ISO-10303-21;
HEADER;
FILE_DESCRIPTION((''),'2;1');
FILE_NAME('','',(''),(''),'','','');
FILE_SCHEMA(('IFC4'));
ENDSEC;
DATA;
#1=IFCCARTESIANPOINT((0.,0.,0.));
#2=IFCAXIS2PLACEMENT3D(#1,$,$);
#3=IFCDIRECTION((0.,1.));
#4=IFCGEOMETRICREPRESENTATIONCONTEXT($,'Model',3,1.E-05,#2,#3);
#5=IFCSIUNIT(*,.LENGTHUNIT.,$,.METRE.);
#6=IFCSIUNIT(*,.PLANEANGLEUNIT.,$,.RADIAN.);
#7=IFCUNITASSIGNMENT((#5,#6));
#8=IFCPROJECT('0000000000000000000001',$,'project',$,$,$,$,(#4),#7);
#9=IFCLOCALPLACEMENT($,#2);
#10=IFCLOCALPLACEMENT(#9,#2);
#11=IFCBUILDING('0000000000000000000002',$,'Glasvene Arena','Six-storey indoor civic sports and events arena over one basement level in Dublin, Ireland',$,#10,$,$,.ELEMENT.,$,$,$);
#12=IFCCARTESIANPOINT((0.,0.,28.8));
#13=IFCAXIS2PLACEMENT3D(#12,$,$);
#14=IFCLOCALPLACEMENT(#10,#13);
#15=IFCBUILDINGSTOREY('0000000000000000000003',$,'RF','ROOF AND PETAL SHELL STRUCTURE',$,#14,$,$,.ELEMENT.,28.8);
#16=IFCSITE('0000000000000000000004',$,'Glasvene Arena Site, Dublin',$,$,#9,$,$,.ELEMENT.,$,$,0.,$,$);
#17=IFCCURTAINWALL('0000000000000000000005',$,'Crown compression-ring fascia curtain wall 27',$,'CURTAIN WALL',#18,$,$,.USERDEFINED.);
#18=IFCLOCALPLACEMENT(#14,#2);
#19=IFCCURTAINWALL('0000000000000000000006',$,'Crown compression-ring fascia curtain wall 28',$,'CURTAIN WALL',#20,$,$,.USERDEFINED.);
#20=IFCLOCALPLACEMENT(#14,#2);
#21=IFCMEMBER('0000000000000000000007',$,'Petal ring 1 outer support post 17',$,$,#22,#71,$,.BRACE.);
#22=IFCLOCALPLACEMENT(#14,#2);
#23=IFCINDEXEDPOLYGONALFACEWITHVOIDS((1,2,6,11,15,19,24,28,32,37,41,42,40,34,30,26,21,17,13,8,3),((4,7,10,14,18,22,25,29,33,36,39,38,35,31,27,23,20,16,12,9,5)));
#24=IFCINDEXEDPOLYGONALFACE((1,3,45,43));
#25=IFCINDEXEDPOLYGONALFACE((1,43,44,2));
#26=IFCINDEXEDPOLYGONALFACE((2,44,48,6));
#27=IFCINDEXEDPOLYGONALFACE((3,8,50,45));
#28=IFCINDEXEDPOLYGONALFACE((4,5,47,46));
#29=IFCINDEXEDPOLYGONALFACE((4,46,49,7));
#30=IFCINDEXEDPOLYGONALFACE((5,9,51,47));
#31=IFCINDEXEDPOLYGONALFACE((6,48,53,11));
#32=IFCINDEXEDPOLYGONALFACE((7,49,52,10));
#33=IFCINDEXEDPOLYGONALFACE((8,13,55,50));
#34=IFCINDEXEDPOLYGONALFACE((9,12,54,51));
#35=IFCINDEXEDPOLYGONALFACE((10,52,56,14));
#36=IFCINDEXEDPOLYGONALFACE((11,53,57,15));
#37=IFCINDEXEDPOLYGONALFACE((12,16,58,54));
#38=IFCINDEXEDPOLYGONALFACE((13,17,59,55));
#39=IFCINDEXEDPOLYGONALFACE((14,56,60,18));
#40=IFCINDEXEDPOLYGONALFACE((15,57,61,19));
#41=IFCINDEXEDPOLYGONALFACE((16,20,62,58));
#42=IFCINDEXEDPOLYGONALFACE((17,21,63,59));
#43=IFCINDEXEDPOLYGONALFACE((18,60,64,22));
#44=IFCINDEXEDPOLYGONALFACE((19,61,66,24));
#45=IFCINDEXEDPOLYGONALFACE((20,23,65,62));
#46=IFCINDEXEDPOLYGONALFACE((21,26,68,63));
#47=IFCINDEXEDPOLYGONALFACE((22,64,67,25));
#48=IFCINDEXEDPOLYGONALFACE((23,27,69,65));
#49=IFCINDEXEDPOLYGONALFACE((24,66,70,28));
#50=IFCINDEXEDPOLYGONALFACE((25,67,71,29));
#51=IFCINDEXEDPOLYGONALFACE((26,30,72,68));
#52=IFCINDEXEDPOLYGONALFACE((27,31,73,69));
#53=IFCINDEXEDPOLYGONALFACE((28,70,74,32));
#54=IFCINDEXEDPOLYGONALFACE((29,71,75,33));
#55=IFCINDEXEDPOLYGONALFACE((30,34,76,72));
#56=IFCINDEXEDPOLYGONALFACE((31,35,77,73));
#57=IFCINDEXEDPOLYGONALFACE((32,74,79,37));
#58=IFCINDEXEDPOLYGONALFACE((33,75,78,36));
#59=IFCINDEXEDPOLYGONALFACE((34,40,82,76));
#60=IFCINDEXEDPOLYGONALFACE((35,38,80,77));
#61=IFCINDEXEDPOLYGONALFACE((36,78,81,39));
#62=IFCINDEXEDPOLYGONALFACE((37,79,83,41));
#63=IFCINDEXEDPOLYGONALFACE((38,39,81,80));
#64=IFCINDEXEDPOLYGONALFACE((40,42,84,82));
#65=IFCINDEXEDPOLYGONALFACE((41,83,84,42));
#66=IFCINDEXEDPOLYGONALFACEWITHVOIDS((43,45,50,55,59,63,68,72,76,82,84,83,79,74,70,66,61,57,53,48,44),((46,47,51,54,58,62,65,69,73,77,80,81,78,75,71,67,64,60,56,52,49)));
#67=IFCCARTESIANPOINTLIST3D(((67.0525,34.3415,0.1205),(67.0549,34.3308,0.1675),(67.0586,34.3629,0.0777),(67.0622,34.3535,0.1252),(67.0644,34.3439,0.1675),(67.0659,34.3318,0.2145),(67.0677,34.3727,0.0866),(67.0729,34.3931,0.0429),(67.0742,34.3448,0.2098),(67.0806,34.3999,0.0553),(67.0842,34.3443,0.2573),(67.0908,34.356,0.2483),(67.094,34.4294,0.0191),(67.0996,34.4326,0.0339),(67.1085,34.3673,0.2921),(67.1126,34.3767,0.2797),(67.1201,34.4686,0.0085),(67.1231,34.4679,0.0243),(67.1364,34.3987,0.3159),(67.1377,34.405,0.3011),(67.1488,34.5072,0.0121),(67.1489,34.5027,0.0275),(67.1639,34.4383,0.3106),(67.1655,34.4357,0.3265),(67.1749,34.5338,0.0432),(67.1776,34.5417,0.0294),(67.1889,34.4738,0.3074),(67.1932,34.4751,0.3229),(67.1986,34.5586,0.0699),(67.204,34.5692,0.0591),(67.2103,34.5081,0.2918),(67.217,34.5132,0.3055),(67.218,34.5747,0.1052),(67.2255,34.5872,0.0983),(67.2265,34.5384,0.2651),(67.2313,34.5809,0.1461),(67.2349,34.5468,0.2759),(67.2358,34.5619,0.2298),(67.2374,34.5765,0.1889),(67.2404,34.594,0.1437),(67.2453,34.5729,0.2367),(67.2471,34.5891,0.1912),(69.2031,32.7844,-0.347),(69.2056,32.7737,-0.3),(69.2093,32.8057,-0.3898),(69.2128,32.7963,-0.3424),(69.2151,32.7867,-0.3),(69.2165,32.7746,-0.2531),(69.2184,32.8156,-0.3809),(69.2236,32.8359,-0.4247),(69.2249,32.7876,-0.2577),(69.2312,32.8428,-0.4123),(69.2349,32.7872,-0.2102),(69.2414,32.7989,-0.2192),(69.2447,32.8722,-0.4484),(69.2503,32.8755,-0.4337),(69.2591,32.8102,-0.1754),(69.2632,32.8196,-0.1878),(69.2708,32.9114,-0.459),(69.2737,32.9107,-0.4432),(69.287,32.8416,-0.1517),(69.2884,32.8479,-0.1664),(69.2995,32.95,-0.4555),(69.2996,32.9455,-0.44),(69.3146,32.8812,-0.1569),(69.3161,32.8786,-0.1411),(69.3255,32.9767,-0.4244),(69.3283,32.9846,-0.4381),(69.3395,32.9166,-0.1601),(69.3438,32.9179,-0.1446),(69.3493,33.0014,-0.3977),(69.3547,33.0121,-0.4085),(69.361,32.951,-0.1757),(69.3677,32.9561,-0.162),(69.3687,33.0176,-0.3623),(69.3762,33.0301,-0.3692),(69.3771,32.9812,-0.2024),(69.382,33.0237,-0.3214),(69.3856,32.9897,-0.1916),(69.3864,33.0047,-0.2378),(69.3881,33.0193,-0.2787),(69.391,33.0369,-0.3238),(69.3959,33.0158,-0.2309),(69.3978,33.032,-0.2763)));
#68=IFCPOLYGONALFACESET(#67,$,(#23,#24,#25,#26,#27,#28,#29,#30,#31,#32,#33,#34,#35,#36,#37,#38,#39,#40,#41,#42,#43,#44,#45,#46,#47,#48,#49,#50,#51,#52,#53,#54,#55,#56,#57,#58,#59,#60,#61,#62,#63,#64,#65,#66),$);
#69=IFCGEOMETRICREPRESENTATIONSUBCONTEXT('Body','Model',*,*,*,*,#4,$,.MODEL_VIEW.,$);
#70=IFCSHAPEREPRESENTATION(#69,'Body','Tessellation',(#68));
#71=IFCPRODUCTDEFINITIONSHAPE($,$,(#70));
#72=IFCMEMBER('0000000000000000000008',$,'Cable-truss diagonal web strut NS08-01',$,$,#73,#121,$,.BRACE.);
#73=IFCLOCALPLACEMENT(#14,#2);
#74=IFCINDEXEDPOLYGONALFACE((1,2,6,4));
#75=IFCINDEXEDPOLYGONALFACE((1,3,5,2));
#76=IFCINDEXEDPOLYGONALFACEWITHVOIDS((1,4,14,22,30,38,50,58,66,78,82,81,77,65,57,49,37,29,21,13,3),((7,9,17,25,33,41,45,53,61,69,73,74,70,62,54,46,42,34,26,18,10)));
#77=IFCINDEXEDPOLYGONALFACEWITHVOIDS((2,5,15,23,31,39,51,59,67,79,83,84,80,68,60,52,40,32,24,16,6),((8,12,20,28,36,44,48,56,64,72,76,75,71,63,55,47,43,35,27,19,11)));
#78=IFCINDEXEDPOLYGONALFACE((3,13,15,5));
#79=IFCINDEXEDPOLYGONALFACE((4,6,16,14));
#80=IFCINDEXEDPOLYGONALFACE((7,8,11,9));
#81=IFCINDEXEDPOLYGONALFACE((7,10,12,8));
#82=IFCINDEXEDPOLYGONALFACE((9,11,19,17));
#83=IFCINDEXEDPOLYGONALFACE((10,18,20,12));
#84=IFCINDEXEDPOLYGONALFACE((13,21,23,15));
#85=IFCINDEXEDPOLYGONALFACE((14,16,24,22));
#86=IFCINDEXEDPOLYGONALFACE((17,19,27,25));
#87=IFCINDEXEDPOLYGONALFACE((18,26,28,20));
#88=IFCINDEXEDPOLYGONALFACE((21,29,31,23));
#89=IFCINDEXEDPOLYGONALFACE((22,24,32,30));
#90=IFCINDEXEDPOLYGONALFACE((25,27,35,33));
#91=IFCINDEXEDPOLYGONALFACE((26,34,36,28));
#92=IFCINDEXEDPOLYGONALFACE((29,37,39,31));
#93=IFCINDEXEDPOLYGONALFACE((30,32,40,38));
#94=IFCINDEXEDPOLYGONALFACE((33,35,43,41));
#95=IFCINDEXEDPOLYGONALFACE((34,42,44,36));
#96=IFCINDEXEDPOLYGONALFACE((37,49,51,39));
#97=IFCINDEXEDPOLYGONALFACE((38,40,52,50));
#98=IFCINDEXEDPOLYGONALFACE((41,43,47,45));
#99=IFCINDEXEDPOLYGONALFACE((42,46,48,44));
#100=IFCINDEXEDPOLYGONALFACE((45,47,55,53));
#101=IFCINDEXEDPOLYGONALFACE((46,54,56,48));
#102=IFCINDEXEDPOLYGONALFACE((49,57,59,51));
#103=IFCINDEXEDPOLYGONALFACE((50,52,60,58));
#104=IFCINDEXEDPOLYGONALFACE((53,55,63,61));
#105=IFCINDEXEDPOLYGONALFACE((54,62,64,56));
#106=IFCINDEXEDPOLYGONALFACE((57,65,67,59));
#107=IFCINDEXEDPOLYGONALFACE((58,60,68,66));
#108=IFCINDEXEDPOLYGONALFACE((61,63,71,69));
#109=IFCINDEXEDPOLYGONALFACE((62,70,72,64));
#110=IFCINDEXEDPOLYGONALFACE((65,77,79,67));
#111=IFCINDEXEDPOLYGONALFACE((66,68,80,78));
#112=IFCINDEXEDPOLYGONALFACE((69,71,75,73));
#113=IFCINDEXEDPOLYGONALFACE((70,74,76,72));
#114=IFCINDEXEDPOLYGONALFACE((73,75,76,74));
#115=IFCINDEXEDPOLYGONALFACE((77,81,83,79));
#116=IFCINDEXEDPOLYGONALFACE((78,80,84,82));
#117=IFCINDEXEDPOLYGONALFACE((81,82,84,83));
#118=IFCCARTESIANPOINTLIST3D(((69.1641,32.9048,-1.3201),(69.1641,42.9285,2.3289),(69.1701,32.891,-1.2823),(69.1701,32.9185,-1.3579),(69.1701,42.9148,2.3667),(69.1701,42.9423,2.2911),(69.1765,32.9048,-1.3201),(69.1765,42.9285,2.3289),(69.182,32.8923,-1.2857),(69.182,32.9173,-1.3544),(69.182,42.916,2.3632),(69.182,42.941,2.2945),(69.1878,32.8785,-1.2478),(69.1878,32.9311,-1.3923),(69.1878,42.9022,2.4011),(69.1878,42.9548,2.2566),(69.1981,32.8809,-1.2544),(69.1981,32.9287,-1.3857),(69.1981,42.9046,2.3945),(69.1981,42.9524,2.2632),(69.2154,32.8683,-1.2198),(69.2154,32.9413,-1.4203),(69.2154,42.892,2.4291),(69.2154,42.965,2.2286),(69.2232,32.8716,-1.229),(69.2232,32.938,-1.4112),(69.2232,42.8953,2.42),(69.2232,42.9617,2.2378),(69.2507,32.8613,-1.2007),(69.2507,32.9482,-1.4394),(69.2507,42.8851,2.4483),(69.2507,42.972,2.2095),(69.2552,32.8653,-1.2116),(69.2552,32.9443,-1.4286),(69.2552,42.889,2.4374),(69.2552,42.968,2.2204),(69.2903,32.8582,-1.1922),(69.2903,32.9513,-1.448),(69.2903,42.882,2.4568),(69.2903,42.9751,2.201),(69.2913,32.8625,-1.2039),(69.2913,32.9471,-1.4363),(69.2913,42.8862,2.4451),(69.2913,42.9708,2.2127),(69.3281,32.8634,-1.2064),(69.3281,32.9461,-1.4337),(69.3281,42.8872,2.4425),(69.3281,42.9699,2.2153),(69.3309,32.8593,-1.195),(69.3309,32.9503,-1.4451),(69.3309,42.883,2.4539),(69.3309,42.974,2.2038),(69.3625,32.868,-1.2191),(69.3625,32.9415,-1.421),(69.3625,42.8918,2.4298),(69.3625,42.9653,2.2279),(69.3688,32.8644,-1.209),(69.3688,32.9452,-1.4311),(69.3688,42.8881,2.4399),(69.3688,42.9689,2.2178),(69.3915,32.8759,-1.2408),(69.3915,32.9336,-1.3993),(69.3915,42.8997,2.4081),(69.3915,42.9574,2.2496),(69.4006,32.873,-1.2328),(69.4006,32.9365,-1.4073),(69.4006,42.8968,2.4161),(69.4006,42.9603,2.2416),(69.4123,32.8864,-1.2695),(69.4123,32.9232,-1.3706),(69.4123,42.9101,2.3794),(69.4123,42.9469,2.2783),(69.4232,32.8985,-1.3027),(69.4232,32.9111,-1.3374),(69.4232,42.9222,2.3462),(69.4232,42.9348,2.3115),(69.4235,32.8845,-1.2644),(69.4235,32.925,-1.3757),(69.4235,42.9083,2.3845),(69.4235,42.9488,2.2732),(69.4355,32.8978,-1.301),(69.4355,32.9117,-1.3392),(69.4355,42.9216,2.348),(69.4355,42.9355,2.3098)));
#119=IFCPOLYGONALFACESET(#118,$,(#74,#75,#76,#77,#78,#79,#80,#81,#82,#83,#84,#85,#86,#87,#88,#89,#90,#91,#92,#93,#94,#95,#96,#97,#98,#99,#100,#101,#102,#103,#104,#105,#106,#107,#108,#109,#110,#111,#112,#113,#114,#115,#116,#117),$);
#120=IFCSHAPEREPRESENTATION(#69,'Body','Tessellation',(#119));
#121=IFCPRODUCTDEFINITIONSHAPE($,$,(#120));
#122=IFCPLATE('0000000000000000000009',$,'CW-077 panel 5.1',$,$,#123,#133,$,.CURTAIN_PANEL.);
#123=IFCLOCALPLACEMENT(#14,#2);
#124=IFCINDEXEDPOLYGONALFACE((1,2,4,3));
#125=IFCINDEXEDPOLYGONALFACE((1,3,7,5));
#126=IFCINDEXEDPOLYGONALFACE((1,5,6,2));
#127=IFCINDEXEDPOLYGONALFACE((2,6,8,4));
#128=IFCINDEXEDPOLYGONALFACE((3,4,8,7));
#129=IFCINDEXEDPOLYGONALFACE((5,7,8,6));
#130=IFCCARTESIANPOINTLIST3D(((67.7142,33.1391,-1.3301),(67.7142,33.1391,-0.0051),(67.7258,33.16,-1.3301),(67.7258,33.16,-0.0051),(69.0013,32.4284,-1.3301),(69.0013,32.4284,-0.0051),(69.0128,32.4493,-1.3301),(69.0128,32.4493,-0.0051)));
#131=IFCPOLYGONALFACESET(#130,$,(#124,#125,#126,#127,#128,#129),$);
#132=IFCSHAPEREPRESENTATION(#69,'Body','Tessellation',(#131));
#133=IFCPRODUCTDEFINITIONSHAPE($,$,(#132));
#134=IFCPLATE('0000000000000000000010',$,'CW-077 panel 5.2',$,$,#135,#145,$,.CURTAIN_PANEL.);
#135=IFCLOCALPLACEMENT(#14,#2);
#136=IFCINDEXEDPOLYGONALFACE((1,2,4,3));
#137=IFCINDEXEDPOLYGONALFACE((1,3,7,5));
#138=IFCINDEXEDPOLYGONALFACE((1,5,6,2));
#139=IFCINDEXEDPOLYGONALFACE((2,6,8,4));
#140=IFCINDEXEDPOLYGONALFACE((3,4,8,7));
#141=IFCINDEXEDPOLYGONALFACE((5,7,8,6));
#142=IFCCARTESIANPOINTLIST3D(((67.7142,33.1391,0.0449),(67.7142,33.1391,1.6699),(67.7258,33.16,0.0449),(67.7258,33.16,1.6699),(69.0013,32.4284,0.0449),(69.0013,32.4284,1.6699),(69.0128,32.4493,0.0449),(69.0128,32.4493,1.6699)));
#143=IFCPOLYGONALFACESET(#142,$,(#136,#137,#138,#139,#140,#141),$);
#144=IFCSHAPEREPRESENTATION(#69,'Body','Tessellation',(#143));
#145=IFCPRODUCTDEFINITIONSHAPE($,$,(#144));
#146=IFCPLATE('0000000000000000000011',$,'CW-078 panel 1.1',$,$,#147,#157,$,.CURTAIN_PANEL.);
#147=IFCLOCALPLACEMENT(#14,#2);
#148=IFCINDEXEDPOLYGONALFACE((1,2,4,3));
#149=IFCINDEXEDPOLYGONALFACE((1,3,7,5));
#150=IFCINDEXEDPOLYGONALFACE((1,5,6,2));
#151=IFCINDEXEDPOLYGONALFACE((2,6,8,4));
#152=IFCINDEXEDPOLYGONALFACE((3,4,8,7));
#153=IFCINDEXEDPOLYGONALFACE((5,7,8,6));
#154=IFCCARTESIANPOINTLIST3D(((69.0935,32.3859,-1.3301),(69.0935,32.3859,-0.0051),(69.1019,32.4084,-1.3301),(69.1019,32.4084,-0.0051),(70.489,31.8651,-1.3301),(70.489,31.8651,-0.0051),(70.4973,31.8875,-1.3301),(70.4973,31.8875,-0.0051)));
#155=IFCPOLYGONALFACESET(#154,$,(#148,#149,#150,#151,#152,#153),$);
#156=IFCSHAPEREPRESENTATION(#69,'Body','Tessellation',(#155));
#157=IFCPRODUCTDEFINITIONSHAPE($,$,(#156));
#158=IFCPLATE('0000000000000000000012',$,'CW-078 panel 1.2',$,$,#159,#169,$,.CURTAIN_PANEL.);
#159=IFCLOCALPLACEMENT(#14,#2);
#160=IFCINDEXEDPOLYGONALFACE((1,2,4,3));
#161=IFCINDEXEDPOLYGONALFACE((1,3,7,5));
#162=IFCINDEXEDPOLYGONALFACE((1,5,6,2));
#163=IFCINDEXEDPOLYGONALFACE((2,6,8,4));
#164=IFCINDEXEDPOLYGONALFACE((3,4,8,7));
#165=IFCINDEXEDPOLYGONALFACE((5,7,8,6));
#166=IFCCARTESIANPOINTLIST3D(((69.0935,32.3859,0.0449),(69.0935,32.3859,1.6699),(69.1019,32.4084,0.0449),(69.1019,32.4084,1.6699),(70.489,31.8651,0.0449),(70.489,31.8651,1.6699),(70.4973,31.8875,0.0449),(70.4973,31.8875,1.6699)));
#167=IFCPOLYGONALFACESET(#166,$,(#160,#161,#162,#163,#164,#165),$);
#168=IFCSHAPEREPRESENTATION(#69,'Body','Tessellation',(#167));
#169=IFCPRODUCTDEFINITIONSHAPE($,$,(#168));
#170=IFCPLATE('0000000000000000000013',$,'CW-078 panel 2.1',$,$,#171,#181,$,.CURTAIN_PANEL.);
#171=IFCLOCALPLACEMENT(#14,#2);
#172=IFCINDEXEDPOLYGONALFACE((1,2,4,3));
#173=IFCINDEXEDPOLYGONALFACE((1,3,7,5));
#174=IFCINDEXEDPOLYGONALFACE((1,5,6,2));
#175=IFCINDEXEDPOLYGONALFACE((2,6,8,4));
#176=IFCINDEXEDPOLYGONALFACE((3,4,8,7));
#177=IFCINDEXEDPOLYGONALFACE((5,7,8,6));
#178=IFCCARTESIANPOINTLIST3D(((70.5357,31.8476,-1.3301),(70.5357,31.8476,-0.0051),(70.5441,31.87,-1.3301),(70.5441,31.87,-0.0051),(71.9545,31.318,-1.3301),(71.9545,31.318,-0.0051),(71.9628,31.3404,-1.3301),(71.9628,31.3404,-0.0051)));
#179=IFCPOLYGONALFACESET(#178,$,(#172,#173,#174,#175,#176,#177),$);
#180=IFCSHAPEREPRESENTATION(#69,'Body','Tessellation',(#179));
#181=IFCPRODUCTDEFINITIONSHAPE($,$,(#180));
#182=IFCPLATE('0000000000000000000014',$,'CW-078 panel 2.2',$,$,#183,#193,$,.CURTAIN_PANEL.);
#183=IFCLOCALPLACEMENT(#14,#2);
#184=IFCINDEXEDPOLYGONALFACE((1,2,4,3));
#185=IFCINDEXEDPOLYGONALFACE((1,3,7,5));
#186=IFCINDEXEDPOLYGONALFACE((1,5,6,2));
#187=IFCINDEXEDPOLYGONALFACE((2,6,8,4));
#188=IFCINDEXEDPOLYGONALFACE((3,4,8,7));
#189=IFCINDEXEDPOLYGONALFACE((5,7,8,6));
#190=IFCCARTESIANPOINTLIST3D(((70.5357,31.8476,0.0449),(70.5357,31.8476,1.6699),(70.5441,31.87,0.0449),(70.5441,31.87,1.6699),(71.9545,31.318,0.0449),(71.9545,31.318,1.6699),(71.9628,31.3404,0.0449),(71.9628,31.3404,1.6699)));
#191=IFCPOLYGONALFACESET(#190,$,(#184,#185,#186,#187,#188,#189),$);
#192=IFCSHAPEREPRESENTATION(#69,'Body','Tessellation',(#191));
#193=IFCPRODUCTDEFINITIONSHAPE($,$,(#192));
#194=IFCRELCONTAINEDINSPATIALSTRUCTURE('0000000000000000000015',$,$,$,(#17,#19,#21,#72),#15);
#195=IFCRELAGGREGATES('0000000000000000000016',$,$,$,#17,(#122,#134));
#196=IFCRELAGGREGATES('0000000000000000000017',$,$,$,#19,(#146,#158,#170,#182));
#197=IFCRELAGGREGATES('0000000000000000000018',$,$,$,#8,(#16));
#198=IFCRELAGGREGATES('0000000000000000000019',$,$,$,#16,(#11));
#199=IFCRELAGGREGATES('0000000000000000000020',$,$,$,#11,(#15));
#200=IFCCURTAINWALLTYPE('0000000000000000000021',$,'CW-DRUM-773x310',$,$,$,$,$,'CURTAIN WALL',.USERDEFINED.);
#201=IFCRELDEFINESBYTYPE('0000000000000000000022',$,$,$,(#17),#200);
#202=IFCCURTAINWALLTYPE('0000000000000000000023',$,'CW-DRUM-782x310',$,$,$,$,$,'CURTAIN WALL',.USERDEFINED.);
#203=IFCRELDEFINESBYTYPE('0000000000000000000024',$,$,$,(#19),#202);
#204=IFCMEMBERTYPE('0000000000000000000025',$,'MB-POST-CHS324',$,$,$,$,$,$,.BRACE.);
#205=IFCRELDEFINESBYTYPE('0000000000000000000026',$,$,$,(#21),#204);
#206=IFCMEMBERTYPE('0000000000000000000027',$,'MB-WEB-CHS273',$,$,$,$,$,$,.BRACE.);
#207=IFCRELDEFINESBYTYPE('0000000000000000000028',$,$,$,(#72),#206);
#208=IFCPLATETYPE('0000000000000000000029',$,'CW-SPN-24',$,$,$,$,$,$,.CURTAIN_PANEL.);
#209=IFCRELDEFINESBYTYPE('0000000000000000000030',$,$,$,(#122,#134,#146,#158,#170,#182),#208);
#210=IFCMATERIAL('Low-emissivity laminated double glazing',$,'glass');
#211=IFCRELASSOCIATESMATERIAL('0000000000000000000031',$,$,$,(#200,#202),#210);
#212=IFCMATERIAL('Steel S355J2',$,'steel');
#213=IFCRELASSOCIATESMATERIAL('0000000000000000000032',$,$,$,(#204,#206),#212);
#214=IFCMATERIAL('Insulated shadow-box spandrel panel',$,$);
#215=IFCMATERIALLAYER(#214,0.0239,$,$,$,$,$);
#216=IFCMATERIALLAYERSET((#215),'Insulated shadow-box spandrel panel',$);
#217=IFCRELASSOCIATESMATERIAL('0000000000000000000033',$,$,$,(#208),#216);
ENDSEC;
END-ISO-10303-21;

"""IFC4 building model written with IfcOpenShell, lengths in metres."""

from ifc_helpers import new_model, si_unit, direction, frame, origin, origin_2d, place, context, subcontext, project, spatial, rectangle, hollow_circle, extrude, material, layer, layer_set, material_profile, profile_set, type_object, element, aggregate, save


model = new_model("IFC4")

# Units and contexts
model_context = context("Model", 3, precision=1e-05, world=origin(), true_north=direction((0.0, 1.0)))
body_context = subcontext(model_context, "Body", "Model", "MODEL_VIEW")
ifc_project = project(units=[si_unit("LENGTHUNIT", "METRE"), si_unit("PLANEANGLEUNIT", "RADIAN")], contexts=[model_context])

# Site, building, storey
site_placement = place(None, origin())
site = spatial("IfcSite", under=ifc_project, at=site_placement, Name="Glasvene Arena Site, Dublin", CompositionType="ELEMENT", RefElevation=0.0)
building_placement = place(site_placement, origin())
building = spatial("IfcBuilding", under=site, at=building_placement, Name="Glasvene Arena", Description="Six-storey indoor civic sports and events arena over one basement level in Dublin, Ireland", CompositionType="ELEMENT")
storey_placement = place(building_placement, frame((0.0, 0.0, 28.8)))
storey = spatial("IfcBuildingStorey", under=building, at=storey_placement, Name="RF", Description="ROOF AND PETAL SHELL STRUCTURE", CompositionType="ELEMENT", Elevation=28.8)

# Shared definitions
ifc_material_1 = material(Name="Steel S355J2", Category="steel")

# Curtain walls
ifc_material_2 = material(Name="Low-emissivity laminated double glazing", Category="glass")
curtain_wall_type_1 = type_object("IfcCurtainWallType", Name="CW-DRUM-773x310", ElementType="CURTAIN WALL", PredefinedType="USERDEFINED", material=ifc_material_2)
curtain_wall_1_placement = place(storey_placement, frame((62.2876, 36.1494, 0.0)))
curtain_wall_1 = element("IfcCurtainWall", 1, at=curtain_wall_1_placement, inside=storey, type_object=curtain_wall_type_1, Name="Crown compression-ring fascia curtain wall 27", ObjectType="CURTAIN WALL", PredefinedType="USERDEFINED")
curtain_wall_type_2 = type_object("IfcCurtainWallType", Name="CW-DRUM-782x310", ElementType="CURTAIN WALL", PredefinedType="USERDEFINED", material=ifc_material_2)
curtain_wall_2_placement = place(storey_placement, frame((69.0508, 32.4148, 0.0)))
curtain_wall_2 = element("IfcCurtainWall", 2, at=curtain_wall_2_placement, inside=storey, type_object=curtain_wall_type_2, Name="Crown compression-ring fascia curtain wall 28", ObjectType="CURTAIN WALL", PredefinedType="USERDEFINED")

# Members
ifc_material_profile_1 = material_profile(ifc_material_1, hollow_circle(Radius=0.1619, WallThickness=0.0161, at=origin_2d()), Name="CHS 323.9x16.0")
ifc_profile_set_1 = profile_set([ifc_material_profile_1], Name="Steel S355J2")
member_type_1 = type_object("IfcMemberType", Name="MB-POST-CHS324", PredefinedType="BRACE", material=ifc_profile_set_1)
member_1_placement = place(storey_placement, frame((69.3005, 32.9048, -0.3), z_axis=(-0.797711, 0.577568, 0.173415), x_axis=(-0.586454, -0.809983, 0.0)))
element("IfcMember", 3, at=member_1_placement, inside=storey, type_object=member_type_1, Name="Petal ring 1 outer support post 17", PredefinedType="BRACE", context=body_context, shape_type="SweptSolid", body=[
    extrude(hollow_circle(Radius=0.1619, WallThickness=0.0161, at=origin_2d()), origin(), (0.0, 0.0, 1.0), 2.696),
])
ifc_material_profile_2 = material_profile(ifc_material_1, hollow_circle(Radius=0.1365, WallThickness=0.0125, at=origin_2d()), Name="CHS 273.0x12.5")
ifc_profile_set_2 = profile_set([ifc_material_profile_2], Name="Steel S355J2")
member_type_2 = type_object("IfcMemberType", Name="MB-WEB-CHS273", PredefinedType="BRACE", material=ifc_profile_set_2)
member_2_placement = place(storey_placement, frame((69.3005, 32.9048, -1.3201), z_axis=(0.0, 0.939674, 0.34207), x_axis=(-1.0, 0.0, 0.0)))
element("IfcMember", 4, at=member_2_placement, inside=storey, type_object=member_type_2, Name="Cable-truss diagonal web strut NS08-01", PredefinedType="BRACE", context=body_context, shape_type="SweptSolid", body=[
    extrude(hollow_circle(Radius=0.1365, WallThickness=0.0125, at=origin_2d()), origin(), (0.0, 0.0, 1.0), 10.6672),
])

# Plates
ifc_material_3 = material(Name="Insulated shadow-box spandrel panel")
ifc_layer_1 = layer(ifc_material_3, 0.0239)
ifc_layer_set_1 = layer_set([ifc_layer_1], Name="Insulated shadow-box spandrel panel")
plate_type_1 = type_object("IfcPlateType", Name="CW-SPN-24", PredefinedType="CURTAIN_PANEL", material=ifc_layer_set_1)
plate_1_placement = place(storey_placement, frame((68.3635, 32.7942, -1.3301), z_axis=(0.0, 0.0, 1.0), x_axis=(0.875407, -0.483387, 0.0)))
plate_1 = element("IfcPlate", 5, at=plate_1_placement, type_object=plate_type_1, Name="CW-077 panel 5.1", PredefinedType="CURTAIN_PANEL", context=body_context, shape_type="SweptSolid", body=[
    extrude(rectangle(XDim=1.4702, YDim=0.0239, at=origin_2d()), origin(), (0.0, 0.0, 1.0), 1.325),
])
plate_2_placement = place(storey_placement, frame((68.3635, 32.7942, 0.0449), z_axis=(0.0, 0.0, 1.0), x_axis=(0.875407, -0.483387, 0.0)))
plate_2 = element("IfcPlate", 6, at=plate_2_placement, type_object=plate_type_1, Name="CW-077 panel 5.2", PredefinedType="CURTAIN_PANEL", context=body_context, shape_type="SweptSolid", body=[
    extrude(rectangle(XDim=1.4702, YDim=0.0239, at=origin_2d()), origin(), (0.0, 0.0, 1.0), 1.625),
])
aggregate(curtain_wall_1, [plate_1, plate_2])
plate_3_placement = place(storey_placement, frame((69.7954, 32.1367, -1.3301), z_axis=(0.0, 0.0, 1.0), x_axis=(0.936868, -0.349683, 0.0)))
plate_3 = element("IfcPlate", 7, at=plate_3_placement, type_object=plate_type_1, Name="CW-078 panel 1.1", PredefinedType="CURTAIN_PANEL", context=body_context, shape_type="SweptSolid", body=[
    extrude(rectangle(XDim=1.4895, YDim=0.0239, at=origin_2d()), origin(), (0.0, 0.0, 1.0), 1.325),
])
plate_4_placement = place(storey_placement, frame((69.7954, 32.1367, 0.0449), z_axis=(0.0, 0.0, 1.0), x_axis=(0.936868, -0.349683, 0.0)))
plate_4 = element("IfcPlate", 8, at=plate_4_placement, type_object=plate_type_1, Name="CW-078 panel 1.2", PredefinedType="CURTAIN_PANEL", context=body_context, shape_type="SweptSolid", body=[
    extrude(rectangle(XDim=1.4895, YDim=0.0239, at=origin_2d()), origin(), (0.0, 0.0, 1.0), 1.625),
])
plate_5_placement = place(storey_placement, frame((71.2493, 31.594, -1.3301), z_axis=(0.0, 0.0, 1.0), x_axis=(0.936868, -0.349683, 0.0)))
plate_5 = element("IfcPlate", 9, at=plate_5_placement, type_object=plate_type_1, Name="CW-078 panel 2.1", PredefinedType="CURTAIN_PANEL", context=body_context, shape_type="SweptSolid", body=[
    extrude(rectangle(XDim=1.5144, YDim=0.0239, at=origin_2d()), origin(), (0.0, 0.0, 1.0), 1.325),
])
plate_6_placement = place(storey_placement, frame((71.2493, 31.594, 0.0449), z_axis=(0.0, 0.0, 1.0), x_axis=(0.936868, -0.349683, 0.0)))
plate_6 = element("IfcPlate", 10, at=plate_6_placement, type_object=plate_type_1, Name="CW-078 panel 2.2", PredefinedType="CURTAIN_PANEL", context=body_context, shape_type="SweptSolid", body=[
    extrude(rectangle(XDim=1.5144, YDim=0.0239, at=origin_2d()), origin(), (0.0, 0.0, 1.0), 1.625),
])
aggregate(curtain_wall_2, [plate_3, plate_4, plate_5, plate_6])

save(model, "model.ifc")
